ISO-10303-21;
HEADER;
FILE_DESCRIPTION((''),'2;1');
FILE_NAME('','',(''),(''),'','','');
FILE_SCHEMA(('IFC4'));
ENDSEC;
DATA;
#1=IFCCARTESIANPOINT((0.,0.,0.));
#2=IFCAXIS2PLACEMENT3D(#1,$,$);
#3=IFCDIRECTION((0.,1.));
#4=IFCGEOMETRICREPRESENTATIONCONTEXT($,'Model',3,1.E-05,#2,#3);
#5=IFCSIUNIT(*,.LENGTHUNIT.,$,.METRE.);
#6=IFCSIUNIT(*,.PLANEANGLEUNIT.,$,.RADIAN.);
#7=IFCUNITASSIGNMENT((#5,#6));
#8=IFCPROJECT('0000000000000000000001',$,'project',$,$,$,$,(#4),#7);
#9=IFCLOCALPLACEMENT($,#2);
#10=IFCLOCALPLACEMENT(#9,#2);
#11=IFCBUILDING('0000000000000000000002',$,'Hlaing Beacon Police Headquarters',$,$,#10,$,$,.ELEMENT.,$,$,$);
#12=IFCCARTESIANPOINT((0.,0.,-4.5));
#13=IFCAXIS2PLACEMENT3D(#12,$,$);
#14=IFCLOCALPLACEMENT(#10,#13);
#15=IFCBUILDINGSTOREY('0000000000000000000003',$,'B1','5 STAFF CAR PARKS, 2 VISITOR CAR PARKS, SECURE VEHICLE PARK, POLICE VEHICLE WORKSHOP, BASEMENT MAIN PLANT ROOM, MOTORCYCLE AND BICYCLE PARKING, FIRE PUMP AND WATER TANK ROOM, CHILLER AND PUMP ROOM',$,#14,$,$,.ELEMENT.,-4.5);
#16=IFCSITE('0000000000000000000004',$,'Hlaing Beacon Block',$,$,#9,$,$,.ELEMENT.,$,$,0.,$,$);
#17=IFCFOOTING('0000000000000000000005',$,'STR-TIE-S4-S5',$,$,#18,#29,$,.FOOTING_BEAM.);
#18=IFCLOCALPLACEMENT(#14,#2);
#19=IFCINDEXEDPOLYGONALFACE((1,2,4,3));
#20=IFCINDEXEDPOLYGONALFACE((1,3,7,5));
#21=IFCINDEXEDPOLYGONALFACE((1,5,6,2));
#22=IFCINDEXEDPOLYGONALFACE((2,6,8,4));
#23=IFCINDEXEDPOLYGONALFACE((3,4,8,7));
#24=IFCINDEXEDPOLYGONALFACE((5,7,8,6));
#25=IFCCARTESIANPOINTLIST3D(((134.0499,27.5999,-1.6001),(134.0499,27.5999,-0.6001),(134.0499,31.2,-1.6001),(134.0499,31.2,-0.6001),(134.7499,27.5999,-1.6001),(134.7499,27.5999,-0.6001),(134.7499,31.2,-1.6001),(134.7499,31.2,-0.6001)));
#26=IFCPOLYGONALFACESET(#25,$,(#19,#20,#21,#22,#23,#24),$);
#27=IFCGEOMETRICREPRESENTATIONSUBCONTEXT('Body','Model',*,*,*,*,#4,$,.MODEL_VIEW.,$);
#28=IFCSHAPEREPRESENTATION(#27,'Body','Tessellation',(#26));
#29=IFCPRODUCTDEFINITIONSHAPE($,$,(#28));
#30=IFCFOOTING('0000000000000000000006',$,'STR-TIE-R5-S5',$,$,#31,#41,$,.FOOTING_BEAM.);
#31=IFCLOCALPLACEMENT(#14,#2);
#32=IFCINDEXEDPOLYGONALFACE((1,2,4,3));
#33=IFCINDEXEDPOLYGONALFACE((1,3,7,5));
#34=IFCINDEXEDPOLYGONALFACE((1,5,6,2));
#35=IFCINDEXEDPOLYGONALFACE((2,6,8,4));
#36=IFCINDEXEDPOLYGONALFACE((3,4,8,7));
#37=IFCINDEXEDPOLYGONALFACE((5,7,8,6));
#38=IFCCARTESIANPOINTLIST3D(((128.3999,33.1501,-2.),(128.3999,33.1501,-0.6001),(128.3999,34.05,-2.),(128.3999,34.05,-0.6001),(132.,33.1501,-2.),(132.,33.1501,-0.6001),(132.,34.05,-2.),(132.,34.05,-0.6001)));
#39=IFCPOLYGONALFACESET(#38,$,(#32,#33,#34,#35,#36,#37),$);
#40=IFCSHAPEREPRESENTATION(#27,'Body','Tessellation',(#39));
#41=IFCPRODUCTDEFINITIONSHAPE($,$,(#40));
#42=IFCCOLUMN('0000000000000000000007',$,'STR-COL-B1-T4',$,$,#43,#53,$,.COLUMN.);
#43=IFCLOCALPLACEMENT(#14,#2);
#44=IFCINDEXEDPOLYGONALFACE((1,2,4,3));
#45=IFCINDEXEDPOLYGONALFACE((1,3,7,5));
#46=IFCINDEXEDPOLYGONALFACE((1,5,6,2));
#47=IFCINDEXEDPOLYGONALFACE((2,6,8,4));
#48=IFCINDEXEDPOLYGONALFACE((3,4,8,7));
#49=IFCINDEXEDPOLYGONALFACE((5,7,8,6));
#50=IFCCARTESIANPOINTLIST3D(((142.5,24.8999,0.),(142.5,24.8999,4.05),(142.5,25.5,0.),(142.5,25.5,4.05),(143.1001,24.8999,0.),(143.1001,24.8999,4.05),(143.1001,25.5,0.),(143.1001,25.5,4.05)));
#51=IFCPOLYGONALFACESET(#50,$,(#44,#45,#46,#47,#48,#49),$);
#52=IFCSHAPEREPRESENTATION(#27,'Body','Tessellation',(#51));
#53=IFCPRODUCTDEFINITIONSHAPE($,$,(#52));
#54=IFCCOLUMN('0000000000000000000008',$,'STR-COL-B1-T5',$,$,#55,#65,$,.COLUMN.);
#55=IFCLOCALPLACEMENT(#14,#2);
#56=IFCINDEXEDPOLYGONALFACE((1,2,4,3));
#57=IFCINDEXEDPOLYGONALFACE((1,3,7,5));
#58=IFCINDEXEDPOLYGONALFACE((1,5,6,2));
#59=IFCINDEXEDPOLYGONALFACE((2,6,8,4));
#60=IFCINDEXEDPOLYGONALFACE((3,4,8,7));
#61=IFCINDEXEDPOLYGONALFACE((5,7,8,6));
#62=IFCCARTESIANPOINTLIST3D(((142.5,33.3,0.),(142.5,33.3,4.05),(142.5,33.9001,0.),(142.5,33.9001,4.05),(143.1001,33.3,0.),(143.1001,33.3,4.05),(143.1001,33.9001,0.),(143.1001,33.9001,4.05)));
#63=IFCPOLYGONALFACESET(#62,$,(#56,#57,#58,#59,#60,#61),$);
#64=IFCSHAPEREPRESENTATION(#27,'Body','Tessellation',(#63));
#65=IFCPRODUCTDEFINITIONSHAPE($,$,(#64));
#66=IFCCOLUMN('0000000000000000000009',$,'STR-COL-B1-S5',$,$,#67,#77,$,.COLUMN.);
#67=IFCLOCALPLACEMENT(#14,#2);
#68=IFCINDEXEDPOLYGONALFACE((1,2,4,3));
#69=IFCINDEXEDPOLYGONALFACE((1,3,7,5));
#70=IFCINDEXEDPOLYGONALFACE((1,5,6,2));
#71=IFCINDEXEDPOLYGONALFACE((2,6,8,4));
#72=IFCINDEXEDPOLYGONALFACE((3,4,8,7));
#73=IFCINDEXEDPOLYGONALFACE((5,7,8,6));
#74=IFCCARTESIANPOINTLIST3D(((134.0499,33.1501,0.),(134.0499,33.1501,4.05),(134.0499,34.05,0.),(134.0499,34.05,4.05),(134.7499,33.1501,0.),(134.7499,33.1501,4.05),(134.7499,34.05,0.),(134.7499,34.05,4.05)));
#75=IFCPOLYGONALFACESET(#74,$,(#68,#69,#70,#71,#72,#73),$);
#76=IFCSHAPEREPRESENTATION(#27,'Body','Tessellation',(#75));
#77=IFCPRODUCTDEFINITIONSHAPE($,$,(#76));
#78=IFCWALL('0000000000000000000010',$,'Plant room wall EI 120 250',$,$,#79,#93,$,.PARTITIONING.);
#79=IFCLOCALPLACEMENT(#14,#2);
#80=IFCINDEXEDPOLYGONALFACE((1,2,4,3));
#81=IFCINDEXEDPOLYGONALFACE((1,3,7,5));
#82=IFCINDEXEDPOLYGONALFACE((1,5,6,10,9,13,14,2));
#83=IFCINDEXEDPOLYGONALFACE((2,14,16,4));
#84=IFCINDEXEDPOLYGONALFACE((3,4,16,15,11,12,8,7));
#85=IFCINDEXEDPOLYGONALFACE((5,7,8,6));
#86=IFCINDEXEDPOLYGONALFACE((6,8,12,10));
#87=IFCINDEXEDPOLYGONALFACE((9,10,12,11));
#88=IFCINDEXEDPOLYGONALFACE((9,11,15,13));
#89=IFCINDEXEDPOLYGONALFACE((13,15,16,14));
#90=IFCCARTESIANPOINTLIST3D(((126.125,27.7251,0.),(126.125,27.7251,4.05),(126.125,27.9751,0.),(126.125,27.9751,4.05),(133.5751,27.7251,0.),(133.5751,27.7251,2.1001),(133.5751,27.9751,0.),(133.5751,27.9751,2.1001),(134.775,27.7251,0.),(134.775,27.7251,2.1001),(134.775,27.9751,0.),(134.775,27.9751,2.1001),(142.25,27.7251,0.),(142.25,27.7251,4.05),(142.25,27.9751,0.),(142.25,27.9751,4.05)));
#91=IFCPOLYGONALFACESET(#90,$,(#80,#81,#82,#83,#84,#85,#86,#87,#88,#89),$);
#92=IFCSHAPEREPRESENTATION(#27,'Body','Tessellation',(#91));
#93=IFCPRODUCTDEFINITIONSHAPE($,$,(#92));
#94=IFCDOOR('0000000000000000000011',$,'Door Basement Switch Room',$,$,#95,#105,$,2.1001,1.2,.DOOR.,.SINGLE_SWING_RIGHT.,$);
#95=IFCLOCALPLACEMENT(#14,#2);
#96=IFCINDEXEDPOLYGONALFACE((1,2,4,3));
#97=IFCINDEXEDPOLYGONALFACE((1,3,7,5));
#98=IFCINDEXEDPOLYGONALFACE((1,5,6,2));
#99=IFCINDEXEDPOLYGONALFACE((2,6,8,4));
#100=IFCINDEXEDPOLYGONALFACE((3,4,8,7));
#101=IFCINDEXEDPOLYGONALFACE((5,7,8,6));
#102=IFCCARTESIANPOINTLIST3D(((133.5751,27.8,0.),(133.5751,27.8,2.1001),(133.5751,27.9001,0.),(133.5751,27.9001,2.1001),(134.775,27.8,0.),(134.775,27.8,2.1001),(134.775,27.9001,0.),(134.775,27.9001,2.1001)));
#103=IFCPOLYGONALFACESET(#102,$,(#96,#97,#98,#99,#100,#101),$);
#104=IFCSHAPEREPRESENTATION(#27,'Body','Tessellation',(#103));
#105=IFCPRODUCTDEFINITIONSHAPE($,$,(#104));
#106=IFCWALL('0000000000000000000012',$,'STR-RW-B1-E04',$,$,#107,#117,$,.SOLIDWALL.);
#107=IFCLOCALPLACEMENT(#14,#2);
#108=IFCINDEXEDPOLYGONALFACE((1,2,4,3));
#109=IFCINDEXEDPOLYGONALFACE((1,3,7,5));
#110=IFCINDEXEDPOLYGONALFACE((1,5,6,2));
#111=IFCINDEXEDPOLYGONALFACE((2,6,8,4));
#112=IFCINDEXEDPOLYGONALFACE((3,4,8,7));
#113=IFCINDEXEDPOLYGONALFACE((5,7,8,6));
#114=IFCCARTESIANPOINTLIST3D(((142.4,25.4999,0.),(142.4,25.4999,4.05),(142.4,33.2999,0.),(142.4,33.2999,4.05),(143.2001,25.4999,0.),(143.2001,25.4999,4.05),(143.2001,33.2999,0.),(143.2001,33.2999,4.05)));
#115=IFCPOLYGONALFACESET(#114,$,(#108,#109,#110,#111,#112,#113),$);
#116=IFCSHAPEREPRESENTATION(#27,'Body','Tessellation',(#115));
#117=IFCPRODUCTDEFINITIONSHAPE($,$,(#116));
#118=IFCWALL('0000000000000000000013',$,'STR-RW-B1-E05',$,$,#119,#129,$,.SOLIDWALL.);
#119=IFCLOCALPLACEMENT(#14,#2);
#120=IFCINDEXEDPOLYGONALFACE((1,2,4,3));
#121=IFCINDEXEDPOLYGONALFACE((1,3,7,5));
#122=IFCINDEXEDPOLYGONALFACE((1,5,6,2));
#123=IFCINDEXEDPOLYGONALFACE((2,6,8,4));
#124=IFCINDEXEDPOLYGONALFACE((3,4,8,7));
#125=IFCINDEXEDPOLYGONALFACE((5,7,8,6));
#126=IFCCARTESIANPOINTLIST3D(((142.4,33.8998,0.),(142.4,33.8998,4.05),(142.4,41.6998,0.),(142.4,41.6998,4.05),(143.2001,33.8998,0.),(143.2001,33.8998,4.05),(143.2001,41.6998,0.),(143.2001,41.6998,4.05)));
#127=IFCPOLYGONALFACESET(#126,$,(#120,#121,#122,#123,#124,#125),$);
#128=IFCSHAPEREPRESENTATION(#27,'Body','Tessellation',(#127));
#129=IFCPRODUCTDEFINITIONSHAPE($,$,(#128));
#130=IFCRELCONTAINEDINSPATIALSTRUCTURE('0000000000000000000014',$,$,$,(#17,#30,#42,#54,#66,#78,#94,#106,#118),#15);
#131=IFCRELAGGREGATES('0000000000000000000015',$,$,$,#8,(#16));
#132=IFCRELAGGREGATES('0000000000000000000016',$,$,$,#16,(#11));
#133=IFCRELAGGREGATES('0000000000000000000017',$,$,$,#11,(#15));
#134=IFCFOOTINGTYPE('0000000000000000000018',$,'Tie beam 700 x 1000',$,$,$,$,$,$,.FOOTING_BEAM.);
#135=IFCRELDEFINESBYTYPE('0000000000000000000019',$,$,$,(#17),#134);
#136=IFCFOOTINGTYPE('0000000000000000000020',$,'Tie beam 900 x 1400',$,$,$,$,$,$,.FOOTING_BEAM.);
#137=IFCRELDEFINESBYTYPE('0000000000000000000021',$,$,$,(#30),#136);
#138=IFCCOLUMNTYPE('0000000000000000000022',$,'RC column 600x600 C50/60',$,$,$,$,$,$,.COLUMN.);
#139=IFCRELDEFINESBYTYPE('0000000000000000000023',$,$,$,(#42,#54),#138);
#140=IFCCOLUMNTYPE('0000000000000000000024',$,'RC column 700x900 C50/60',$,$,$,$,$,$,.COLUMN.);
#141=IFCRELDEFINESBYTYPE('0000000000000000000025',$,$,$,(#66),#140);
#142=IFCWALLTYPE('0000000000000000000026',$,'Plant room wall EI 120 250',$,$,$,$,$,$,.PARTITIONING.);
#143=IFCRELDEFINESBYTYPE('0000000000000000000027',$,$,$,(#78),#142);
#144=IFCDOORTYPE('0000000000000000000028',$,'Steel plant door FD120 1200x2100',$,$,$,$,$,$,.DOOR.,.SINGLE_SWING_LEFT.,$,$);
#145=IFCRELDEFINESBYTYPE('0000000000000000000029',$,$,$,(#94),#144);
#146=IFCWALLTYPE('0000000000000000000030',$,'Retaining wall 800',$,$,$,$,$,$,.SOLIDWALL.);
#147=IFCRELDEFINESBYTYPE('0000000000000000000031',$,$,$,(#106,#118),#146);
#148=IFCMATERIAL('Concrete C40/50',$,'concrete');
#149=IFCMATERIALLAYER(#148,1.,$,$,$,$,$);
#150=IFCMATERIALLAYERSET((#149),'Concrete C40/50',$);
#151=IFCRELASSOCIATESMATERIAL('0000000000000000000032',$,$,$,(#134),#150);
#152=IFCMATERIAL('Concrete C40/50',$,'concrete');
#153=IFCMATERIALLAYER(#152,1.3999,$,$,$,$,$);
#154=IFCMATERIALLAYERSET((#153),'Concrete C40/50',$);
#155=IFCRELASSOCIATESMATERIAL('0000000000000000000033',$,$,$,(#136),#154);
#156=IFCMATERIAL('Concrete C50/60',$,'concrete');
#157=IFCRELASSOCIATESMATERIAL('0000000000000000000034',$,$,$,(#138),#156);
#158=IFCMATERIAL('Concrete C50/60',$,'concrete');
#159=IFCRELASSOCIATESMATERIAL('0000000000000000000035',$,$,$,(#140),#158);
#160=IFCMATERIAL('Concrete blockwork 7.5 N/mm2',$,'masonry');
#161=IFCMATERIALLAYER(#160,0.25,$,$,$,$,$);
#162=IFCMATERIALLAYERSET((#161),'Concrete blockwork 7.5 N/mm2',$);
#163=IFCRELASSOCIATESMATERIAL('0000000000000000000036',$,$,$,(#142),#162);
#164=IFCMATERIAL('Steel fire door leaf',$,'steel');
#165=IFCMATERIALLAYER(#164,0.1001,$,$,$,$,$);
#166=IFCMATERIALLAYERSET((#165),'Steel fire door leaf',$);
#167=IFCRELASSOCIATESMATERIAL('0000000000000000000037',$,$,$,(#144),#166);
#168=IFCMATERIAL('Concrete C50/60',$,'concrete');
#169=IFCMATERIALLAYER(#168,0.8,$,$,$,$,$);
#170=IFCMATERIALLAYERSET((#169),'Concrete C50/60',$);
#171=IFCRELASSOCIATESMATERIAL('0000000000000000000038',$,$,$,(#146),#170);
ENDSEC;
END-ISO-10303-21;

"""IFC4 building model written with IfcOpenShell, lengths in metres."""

from ifc_helpers import new_model, si_unit, direction, frame, frame_2d, origin, origin_2d, place, context, subcontext, project, spatial, rectangle, extrude, material, layer, layer_set, material_profile, profile_set, type_object, element, fill, save


model = new_model("IFC4")

# Units and contexts
model_context = context("Model", 3, precision=1e-05, world=origin(), true_north=direction((0.0, 1.0)))
body_context = subcontext(model_context, "Body", "Model", "MODEL_VIEW")
ifc_project = project(units=[si_unit("LENGTHUNIT", "METRE"), si_unit("PLANEANGLEUNIT", "RADIAN")], contexts=[model_context])

# Site, building, storey
site_placement = place(None, origin())
site = spatial("IfcSite", under=ifc_project, at=site_placement, Name="Hlaing Beacon Block", CompositionType="ELEMENT", RefElevation=0.0)
building_placement = place(site_placement, origin())
building = spatial("IfcBuilding", under=site, at=building_placement, Name="Hlaing Beacon Police Headquarters", CompositionType="ELEMENT")
storey_placement = place(building_placement, frame((0.0, 0.0, -4.5)))
storey = spatial("IfcBuildingStorey", under=building, at=storey_placement, Name="B1", Description="5 STAFF CAR PARKS, 2 VISITOR CAR PARKS, SECURE VEHICLE PARK, POLICE VEHICLE WORKSHOP, BASEMENT MAIN PLANT ROOM, MOTORCYCLE AND BICYCLE PARKING, FIRE PUMP AND WATER TANK ROOM, CHILLER AND PUMP ROOM", CompositionType="ELEMENT", Elevation=-4.5)

# Footings
ifc_material_1 = material(Name="Concrete C40/50", Category="concrete")
ifc_layer_1 = layer(ifc_material_1, 1.0)
ifc_layer_set_1 = layer_set([ifc_layer_1], Name="Concrete C40/50")
footing_type_1 = type_object("IfcFootingType", Name="Tie beam 700 x 1000", PredefinedType="FOOTING_BEAM", material=ifc_layer_set_1)
footing_1_placement = place(storey_placement, frame((134.3999, 29.3999, -1.6001), z_axis=(0.0, 0.0, 1.0), x_axis=(1.0, 0.0, 0.0)))
element("IfcFooting", 1, at=footing_1_placement, inside=storey, type_object=footing_type_1, Name="STR-TIE-S4-S5", PredefinedType="FOOTING_BEAM", context=body_context, shape_type="SweptSolid", body=[
    extrude(rectangle(XDim=0.7, YDim=3.6001, at=origin_2d()), origin(), (0.0, 0.0, 1.0), 1.0),
])
ifc_material_2 = material(Name="Concrete C40/50", Category="concrete")
ifc_layer_2 = layer(ifc_material_2, 1.3999)
ifc_layer_set_2 = layer_set([ifc_layer_2], Name="Concrete C40/50")
footing_type_2 = type_object("IfcFootingType", Name="Tie beam 900 x 1400", PredefinedType="FOOTING_BEAM", material=ifc_layer_set_2)
footing_2_placement = place(storey_placement, frame((130.2, 33.6001, -2.0), z_axis=(0.0, 0.0, 1.0), x_axis=(1.0, 0.0, 0.0)))
element("IfcFooting", 2, at=footing_2_placement, inside=storey, type_object=footing_type_2, Name="STR-TIE-R5-S5", PredefinedType="FOOTING_BEAM", context=body_context, shape_type="SweptSolid", body=[
    extrude(rectangle(XDim=3.6001, YDim=0.8999, at=origin_2d()), origin(), (0.0, 0.0, 1.0), 1.3999),
])

# Columns
ifc_material_3 = material(Name="Concrete C50/60", Category="concrete")
ifc_material_profile_1 = material_profile(ifc_material_3, rectangle(XDim=0.6001, YDim=0.6001, at=origin_2d()), Name="600x600")
ifc_profile_set_1 = profile_set([ifc_material_profile_1], Name="Concrete C50/60")
column_type_1 = type_object("IfcColumnType", Name="RC column 600x600 C50/60", PredefinedType="COLUMN", material=ifc_profile_set_1)
for number, where, z_axis, x_axis, name in (
    (3, (142.8, 25.2, 0.0), (0.0, 0.0, 1.0), (1.0, 0.0, 0.0), "STR-COL-B1-T4"),
    (4, (142.8, 33.6001, 0.0), (0.0, 0.0, 1.0), (1.0, 0.0, 0.0), "STR-COL-B1-T5"),
):
    element("IfcColumn", number, at=place(storey_placement, frame(where, z_axis=z_axis, x_axis=x_axis)), inside=storey, type_object=column_type_1, Name=name, PredefinedType="COLUMN", context=body_context, shape_type="SweptSolid", body=[
        extrude(rectangle(XDim=0.6001, YDim=0.6001, at=origin_2d()), origin(), (0.0, 0.0, 1.0), 4.05),
    ])
ifc_material_4 = material(Name="Concrete C50/60", Category="concrete")
ifc_material_profile_2 = material_profile(ifc_material_4, rectangle(XDim=0.7, YDim=0.8999, at=origin_2d()), Name="700x900")
ifc_profile_set_2 = profile_set([ifc_material_profile_2], Name="Concrete C50/60")
column_type_2 = type_object("IfcColumnType", Name="RC column 700x900 C50/60", PredefinedType="COLUMN", material=ifc_profile_set_2)
column_placement = place(storey_placement, frame((134.3999, 33.6001, 0.0), z_axis=(0.0, 0.0, 1.0), x_axis=(1.0, 0.0, 0.0)))
element("IfcColumn", 5, at=column_placement, inside=storey, type_object=column_type_2, Name="STR-COL-B1-S5", PredefinedType="COLUMN", context=body_context, shape_type="SweptSolid", body=[
    extrude(rectangle(XDim=0.7, YDim=0.8999, at=origin_2d()), origin(), (0.0, 0.0, 1.0), 4.05),
])

# Wall, opening, door
ifc_material_5 = material(Name="Concrete blockwork 7.5 N/mm2", Category="masonry")
ifc_layer_3 = layer(ifc_material_5, 0.25)
ifc_layer_set_3 = layer_set([ifc_layer_3], Name="Concrete blockwork 7.5 N/mm2")
wall_type_1 = type_object("IfcWallType", Name="Plant room wall EI 120 250", PredefinedType="PARTITIONING", material=ifc_layer_set_3)
wall_placement = place(storey_placement, frame((126.125, 27.8501, 0.0), z_axis=(0.0, 0.0, 1.0), x_axis=(1.0, 0.0, 0.0)))
wall = element("IfcWall", 6, at=wall_placement, inside=storey, type_object=wall_type_1, Name="Plant room wall EI 120 250", PredefinedType="PARTITIONING", context=body_context, shape_type="SweptSolid", body=[
    extrude(rectangle(XDim=16.125, YDim=0.25, at=frame_2d((8.0625, 0.0))), origin(), (0.0, 0.0, 1.0), 4.05),
])
opening_placement = place(wall_placement, frame((7.45, 0.0, 0.0)))
opening = element("IfcOpeningElement", 7, at=opening_placement, cuts=wall, PredefinedType="OPENING", context=body_context, shape_type="SweptSolid", body=[
    extrude(rectangle(XDim=1.2, YDim=2.1001, at=frame_2d((0.6001, 1.05))), frame((0.0, 0.135, 0.0), z_axis=(0.0, -1.0, 0.0), x_axis=(1.0, 0.0, 0.0)), (0.0, 0.0, 1.0), 0.27),
])
ifc_material_6 = material(Name="Steel fire door leaf", Category="steel")
ifc_layer_4 = layer(ifc_material_6, 0.1001)
ifc_layer_set_4 = layer_set([ifc_layer_4], Name="Steel fire door leaf")
door_type = type_object("IfcDoorType", Name="Steel plant door FD120 1200x2100", OperationType="SINGLE_SWING_LEFT", PredefinedType="DOOR", material=ifc_layer_set_4)
door_placement = place(opening_placement, frame((1.2, 0.0, 0.0), z_axis=(0.0, 0.0, 1.0), x_axis=(-1.0, 0.0, 0.0)))
door = element("IfcDoor", 8, at=door_placement, inside=storey, type_object=door_type, Name="Door Basement Switch Room", OperationType="SINGLE_SWING_RIGHT", OverallHeight=2.1001, OverallWidth=1.2, PredefinedType="DOOR", context=body_context, shape_type="SweptSolid", body=[
    extrude(rectangle(XDim=1.2, YDim=2.1001, at=frame_2d((0.5999, 1.05))), frame((0.0, 0.05, 0.0), z_axis=(0.0, -1.0, 0.0), x_axis=(1.0, 0.0, 0.0)), (0.0, 0.0, 1.0), 0.1001),
])
fill(opening, door)

# Walls
ifc_material_7 = material(Name="Concrete C50/60", Category="concrete")
ifc_layer_5 = layer(ifc_material_7, 0.8)
ifc_layer_set_5 = layer_set([ifc_layer_5], Name="Concrete C50/60")
wall_type_2 = type_object("IfcWallType", Name="Retaining wall 800", PredefinedType="SOLIDWALL", material=ifc_layer_set_5)
for number, where, z_axis, x_axis, name in (
    (9, (142.8, 25.5, 0.0), (0.0, 0.0, 1.0), (0.0, 1.0, 0.0), "STR-RW-B1-E04"),
    (10, (142.8, 33.8999, 0.0), (0.0, 0.0, 1.0), (0.0, 1.0, 0.0), "STR-RW-B1-E05"),
):
    element("IfcWall", number, at=place(storey_placement, frame(where, z_axis=z_axis, x_axis=x_axis)), inside=storey, type_object=wall_type_2, Name=name, PredefinedType="SOLIDWALL", context=body_context, shape_type="SweptSolid", body=[
        extrude(rectangle(XDim=7.8, YDim=0.8, at=frame_2d((3.8999, 0.0))), origin(), (0.0, 0.0, 1.0), 4.05),
    ])

save(model, "model.ifc")
